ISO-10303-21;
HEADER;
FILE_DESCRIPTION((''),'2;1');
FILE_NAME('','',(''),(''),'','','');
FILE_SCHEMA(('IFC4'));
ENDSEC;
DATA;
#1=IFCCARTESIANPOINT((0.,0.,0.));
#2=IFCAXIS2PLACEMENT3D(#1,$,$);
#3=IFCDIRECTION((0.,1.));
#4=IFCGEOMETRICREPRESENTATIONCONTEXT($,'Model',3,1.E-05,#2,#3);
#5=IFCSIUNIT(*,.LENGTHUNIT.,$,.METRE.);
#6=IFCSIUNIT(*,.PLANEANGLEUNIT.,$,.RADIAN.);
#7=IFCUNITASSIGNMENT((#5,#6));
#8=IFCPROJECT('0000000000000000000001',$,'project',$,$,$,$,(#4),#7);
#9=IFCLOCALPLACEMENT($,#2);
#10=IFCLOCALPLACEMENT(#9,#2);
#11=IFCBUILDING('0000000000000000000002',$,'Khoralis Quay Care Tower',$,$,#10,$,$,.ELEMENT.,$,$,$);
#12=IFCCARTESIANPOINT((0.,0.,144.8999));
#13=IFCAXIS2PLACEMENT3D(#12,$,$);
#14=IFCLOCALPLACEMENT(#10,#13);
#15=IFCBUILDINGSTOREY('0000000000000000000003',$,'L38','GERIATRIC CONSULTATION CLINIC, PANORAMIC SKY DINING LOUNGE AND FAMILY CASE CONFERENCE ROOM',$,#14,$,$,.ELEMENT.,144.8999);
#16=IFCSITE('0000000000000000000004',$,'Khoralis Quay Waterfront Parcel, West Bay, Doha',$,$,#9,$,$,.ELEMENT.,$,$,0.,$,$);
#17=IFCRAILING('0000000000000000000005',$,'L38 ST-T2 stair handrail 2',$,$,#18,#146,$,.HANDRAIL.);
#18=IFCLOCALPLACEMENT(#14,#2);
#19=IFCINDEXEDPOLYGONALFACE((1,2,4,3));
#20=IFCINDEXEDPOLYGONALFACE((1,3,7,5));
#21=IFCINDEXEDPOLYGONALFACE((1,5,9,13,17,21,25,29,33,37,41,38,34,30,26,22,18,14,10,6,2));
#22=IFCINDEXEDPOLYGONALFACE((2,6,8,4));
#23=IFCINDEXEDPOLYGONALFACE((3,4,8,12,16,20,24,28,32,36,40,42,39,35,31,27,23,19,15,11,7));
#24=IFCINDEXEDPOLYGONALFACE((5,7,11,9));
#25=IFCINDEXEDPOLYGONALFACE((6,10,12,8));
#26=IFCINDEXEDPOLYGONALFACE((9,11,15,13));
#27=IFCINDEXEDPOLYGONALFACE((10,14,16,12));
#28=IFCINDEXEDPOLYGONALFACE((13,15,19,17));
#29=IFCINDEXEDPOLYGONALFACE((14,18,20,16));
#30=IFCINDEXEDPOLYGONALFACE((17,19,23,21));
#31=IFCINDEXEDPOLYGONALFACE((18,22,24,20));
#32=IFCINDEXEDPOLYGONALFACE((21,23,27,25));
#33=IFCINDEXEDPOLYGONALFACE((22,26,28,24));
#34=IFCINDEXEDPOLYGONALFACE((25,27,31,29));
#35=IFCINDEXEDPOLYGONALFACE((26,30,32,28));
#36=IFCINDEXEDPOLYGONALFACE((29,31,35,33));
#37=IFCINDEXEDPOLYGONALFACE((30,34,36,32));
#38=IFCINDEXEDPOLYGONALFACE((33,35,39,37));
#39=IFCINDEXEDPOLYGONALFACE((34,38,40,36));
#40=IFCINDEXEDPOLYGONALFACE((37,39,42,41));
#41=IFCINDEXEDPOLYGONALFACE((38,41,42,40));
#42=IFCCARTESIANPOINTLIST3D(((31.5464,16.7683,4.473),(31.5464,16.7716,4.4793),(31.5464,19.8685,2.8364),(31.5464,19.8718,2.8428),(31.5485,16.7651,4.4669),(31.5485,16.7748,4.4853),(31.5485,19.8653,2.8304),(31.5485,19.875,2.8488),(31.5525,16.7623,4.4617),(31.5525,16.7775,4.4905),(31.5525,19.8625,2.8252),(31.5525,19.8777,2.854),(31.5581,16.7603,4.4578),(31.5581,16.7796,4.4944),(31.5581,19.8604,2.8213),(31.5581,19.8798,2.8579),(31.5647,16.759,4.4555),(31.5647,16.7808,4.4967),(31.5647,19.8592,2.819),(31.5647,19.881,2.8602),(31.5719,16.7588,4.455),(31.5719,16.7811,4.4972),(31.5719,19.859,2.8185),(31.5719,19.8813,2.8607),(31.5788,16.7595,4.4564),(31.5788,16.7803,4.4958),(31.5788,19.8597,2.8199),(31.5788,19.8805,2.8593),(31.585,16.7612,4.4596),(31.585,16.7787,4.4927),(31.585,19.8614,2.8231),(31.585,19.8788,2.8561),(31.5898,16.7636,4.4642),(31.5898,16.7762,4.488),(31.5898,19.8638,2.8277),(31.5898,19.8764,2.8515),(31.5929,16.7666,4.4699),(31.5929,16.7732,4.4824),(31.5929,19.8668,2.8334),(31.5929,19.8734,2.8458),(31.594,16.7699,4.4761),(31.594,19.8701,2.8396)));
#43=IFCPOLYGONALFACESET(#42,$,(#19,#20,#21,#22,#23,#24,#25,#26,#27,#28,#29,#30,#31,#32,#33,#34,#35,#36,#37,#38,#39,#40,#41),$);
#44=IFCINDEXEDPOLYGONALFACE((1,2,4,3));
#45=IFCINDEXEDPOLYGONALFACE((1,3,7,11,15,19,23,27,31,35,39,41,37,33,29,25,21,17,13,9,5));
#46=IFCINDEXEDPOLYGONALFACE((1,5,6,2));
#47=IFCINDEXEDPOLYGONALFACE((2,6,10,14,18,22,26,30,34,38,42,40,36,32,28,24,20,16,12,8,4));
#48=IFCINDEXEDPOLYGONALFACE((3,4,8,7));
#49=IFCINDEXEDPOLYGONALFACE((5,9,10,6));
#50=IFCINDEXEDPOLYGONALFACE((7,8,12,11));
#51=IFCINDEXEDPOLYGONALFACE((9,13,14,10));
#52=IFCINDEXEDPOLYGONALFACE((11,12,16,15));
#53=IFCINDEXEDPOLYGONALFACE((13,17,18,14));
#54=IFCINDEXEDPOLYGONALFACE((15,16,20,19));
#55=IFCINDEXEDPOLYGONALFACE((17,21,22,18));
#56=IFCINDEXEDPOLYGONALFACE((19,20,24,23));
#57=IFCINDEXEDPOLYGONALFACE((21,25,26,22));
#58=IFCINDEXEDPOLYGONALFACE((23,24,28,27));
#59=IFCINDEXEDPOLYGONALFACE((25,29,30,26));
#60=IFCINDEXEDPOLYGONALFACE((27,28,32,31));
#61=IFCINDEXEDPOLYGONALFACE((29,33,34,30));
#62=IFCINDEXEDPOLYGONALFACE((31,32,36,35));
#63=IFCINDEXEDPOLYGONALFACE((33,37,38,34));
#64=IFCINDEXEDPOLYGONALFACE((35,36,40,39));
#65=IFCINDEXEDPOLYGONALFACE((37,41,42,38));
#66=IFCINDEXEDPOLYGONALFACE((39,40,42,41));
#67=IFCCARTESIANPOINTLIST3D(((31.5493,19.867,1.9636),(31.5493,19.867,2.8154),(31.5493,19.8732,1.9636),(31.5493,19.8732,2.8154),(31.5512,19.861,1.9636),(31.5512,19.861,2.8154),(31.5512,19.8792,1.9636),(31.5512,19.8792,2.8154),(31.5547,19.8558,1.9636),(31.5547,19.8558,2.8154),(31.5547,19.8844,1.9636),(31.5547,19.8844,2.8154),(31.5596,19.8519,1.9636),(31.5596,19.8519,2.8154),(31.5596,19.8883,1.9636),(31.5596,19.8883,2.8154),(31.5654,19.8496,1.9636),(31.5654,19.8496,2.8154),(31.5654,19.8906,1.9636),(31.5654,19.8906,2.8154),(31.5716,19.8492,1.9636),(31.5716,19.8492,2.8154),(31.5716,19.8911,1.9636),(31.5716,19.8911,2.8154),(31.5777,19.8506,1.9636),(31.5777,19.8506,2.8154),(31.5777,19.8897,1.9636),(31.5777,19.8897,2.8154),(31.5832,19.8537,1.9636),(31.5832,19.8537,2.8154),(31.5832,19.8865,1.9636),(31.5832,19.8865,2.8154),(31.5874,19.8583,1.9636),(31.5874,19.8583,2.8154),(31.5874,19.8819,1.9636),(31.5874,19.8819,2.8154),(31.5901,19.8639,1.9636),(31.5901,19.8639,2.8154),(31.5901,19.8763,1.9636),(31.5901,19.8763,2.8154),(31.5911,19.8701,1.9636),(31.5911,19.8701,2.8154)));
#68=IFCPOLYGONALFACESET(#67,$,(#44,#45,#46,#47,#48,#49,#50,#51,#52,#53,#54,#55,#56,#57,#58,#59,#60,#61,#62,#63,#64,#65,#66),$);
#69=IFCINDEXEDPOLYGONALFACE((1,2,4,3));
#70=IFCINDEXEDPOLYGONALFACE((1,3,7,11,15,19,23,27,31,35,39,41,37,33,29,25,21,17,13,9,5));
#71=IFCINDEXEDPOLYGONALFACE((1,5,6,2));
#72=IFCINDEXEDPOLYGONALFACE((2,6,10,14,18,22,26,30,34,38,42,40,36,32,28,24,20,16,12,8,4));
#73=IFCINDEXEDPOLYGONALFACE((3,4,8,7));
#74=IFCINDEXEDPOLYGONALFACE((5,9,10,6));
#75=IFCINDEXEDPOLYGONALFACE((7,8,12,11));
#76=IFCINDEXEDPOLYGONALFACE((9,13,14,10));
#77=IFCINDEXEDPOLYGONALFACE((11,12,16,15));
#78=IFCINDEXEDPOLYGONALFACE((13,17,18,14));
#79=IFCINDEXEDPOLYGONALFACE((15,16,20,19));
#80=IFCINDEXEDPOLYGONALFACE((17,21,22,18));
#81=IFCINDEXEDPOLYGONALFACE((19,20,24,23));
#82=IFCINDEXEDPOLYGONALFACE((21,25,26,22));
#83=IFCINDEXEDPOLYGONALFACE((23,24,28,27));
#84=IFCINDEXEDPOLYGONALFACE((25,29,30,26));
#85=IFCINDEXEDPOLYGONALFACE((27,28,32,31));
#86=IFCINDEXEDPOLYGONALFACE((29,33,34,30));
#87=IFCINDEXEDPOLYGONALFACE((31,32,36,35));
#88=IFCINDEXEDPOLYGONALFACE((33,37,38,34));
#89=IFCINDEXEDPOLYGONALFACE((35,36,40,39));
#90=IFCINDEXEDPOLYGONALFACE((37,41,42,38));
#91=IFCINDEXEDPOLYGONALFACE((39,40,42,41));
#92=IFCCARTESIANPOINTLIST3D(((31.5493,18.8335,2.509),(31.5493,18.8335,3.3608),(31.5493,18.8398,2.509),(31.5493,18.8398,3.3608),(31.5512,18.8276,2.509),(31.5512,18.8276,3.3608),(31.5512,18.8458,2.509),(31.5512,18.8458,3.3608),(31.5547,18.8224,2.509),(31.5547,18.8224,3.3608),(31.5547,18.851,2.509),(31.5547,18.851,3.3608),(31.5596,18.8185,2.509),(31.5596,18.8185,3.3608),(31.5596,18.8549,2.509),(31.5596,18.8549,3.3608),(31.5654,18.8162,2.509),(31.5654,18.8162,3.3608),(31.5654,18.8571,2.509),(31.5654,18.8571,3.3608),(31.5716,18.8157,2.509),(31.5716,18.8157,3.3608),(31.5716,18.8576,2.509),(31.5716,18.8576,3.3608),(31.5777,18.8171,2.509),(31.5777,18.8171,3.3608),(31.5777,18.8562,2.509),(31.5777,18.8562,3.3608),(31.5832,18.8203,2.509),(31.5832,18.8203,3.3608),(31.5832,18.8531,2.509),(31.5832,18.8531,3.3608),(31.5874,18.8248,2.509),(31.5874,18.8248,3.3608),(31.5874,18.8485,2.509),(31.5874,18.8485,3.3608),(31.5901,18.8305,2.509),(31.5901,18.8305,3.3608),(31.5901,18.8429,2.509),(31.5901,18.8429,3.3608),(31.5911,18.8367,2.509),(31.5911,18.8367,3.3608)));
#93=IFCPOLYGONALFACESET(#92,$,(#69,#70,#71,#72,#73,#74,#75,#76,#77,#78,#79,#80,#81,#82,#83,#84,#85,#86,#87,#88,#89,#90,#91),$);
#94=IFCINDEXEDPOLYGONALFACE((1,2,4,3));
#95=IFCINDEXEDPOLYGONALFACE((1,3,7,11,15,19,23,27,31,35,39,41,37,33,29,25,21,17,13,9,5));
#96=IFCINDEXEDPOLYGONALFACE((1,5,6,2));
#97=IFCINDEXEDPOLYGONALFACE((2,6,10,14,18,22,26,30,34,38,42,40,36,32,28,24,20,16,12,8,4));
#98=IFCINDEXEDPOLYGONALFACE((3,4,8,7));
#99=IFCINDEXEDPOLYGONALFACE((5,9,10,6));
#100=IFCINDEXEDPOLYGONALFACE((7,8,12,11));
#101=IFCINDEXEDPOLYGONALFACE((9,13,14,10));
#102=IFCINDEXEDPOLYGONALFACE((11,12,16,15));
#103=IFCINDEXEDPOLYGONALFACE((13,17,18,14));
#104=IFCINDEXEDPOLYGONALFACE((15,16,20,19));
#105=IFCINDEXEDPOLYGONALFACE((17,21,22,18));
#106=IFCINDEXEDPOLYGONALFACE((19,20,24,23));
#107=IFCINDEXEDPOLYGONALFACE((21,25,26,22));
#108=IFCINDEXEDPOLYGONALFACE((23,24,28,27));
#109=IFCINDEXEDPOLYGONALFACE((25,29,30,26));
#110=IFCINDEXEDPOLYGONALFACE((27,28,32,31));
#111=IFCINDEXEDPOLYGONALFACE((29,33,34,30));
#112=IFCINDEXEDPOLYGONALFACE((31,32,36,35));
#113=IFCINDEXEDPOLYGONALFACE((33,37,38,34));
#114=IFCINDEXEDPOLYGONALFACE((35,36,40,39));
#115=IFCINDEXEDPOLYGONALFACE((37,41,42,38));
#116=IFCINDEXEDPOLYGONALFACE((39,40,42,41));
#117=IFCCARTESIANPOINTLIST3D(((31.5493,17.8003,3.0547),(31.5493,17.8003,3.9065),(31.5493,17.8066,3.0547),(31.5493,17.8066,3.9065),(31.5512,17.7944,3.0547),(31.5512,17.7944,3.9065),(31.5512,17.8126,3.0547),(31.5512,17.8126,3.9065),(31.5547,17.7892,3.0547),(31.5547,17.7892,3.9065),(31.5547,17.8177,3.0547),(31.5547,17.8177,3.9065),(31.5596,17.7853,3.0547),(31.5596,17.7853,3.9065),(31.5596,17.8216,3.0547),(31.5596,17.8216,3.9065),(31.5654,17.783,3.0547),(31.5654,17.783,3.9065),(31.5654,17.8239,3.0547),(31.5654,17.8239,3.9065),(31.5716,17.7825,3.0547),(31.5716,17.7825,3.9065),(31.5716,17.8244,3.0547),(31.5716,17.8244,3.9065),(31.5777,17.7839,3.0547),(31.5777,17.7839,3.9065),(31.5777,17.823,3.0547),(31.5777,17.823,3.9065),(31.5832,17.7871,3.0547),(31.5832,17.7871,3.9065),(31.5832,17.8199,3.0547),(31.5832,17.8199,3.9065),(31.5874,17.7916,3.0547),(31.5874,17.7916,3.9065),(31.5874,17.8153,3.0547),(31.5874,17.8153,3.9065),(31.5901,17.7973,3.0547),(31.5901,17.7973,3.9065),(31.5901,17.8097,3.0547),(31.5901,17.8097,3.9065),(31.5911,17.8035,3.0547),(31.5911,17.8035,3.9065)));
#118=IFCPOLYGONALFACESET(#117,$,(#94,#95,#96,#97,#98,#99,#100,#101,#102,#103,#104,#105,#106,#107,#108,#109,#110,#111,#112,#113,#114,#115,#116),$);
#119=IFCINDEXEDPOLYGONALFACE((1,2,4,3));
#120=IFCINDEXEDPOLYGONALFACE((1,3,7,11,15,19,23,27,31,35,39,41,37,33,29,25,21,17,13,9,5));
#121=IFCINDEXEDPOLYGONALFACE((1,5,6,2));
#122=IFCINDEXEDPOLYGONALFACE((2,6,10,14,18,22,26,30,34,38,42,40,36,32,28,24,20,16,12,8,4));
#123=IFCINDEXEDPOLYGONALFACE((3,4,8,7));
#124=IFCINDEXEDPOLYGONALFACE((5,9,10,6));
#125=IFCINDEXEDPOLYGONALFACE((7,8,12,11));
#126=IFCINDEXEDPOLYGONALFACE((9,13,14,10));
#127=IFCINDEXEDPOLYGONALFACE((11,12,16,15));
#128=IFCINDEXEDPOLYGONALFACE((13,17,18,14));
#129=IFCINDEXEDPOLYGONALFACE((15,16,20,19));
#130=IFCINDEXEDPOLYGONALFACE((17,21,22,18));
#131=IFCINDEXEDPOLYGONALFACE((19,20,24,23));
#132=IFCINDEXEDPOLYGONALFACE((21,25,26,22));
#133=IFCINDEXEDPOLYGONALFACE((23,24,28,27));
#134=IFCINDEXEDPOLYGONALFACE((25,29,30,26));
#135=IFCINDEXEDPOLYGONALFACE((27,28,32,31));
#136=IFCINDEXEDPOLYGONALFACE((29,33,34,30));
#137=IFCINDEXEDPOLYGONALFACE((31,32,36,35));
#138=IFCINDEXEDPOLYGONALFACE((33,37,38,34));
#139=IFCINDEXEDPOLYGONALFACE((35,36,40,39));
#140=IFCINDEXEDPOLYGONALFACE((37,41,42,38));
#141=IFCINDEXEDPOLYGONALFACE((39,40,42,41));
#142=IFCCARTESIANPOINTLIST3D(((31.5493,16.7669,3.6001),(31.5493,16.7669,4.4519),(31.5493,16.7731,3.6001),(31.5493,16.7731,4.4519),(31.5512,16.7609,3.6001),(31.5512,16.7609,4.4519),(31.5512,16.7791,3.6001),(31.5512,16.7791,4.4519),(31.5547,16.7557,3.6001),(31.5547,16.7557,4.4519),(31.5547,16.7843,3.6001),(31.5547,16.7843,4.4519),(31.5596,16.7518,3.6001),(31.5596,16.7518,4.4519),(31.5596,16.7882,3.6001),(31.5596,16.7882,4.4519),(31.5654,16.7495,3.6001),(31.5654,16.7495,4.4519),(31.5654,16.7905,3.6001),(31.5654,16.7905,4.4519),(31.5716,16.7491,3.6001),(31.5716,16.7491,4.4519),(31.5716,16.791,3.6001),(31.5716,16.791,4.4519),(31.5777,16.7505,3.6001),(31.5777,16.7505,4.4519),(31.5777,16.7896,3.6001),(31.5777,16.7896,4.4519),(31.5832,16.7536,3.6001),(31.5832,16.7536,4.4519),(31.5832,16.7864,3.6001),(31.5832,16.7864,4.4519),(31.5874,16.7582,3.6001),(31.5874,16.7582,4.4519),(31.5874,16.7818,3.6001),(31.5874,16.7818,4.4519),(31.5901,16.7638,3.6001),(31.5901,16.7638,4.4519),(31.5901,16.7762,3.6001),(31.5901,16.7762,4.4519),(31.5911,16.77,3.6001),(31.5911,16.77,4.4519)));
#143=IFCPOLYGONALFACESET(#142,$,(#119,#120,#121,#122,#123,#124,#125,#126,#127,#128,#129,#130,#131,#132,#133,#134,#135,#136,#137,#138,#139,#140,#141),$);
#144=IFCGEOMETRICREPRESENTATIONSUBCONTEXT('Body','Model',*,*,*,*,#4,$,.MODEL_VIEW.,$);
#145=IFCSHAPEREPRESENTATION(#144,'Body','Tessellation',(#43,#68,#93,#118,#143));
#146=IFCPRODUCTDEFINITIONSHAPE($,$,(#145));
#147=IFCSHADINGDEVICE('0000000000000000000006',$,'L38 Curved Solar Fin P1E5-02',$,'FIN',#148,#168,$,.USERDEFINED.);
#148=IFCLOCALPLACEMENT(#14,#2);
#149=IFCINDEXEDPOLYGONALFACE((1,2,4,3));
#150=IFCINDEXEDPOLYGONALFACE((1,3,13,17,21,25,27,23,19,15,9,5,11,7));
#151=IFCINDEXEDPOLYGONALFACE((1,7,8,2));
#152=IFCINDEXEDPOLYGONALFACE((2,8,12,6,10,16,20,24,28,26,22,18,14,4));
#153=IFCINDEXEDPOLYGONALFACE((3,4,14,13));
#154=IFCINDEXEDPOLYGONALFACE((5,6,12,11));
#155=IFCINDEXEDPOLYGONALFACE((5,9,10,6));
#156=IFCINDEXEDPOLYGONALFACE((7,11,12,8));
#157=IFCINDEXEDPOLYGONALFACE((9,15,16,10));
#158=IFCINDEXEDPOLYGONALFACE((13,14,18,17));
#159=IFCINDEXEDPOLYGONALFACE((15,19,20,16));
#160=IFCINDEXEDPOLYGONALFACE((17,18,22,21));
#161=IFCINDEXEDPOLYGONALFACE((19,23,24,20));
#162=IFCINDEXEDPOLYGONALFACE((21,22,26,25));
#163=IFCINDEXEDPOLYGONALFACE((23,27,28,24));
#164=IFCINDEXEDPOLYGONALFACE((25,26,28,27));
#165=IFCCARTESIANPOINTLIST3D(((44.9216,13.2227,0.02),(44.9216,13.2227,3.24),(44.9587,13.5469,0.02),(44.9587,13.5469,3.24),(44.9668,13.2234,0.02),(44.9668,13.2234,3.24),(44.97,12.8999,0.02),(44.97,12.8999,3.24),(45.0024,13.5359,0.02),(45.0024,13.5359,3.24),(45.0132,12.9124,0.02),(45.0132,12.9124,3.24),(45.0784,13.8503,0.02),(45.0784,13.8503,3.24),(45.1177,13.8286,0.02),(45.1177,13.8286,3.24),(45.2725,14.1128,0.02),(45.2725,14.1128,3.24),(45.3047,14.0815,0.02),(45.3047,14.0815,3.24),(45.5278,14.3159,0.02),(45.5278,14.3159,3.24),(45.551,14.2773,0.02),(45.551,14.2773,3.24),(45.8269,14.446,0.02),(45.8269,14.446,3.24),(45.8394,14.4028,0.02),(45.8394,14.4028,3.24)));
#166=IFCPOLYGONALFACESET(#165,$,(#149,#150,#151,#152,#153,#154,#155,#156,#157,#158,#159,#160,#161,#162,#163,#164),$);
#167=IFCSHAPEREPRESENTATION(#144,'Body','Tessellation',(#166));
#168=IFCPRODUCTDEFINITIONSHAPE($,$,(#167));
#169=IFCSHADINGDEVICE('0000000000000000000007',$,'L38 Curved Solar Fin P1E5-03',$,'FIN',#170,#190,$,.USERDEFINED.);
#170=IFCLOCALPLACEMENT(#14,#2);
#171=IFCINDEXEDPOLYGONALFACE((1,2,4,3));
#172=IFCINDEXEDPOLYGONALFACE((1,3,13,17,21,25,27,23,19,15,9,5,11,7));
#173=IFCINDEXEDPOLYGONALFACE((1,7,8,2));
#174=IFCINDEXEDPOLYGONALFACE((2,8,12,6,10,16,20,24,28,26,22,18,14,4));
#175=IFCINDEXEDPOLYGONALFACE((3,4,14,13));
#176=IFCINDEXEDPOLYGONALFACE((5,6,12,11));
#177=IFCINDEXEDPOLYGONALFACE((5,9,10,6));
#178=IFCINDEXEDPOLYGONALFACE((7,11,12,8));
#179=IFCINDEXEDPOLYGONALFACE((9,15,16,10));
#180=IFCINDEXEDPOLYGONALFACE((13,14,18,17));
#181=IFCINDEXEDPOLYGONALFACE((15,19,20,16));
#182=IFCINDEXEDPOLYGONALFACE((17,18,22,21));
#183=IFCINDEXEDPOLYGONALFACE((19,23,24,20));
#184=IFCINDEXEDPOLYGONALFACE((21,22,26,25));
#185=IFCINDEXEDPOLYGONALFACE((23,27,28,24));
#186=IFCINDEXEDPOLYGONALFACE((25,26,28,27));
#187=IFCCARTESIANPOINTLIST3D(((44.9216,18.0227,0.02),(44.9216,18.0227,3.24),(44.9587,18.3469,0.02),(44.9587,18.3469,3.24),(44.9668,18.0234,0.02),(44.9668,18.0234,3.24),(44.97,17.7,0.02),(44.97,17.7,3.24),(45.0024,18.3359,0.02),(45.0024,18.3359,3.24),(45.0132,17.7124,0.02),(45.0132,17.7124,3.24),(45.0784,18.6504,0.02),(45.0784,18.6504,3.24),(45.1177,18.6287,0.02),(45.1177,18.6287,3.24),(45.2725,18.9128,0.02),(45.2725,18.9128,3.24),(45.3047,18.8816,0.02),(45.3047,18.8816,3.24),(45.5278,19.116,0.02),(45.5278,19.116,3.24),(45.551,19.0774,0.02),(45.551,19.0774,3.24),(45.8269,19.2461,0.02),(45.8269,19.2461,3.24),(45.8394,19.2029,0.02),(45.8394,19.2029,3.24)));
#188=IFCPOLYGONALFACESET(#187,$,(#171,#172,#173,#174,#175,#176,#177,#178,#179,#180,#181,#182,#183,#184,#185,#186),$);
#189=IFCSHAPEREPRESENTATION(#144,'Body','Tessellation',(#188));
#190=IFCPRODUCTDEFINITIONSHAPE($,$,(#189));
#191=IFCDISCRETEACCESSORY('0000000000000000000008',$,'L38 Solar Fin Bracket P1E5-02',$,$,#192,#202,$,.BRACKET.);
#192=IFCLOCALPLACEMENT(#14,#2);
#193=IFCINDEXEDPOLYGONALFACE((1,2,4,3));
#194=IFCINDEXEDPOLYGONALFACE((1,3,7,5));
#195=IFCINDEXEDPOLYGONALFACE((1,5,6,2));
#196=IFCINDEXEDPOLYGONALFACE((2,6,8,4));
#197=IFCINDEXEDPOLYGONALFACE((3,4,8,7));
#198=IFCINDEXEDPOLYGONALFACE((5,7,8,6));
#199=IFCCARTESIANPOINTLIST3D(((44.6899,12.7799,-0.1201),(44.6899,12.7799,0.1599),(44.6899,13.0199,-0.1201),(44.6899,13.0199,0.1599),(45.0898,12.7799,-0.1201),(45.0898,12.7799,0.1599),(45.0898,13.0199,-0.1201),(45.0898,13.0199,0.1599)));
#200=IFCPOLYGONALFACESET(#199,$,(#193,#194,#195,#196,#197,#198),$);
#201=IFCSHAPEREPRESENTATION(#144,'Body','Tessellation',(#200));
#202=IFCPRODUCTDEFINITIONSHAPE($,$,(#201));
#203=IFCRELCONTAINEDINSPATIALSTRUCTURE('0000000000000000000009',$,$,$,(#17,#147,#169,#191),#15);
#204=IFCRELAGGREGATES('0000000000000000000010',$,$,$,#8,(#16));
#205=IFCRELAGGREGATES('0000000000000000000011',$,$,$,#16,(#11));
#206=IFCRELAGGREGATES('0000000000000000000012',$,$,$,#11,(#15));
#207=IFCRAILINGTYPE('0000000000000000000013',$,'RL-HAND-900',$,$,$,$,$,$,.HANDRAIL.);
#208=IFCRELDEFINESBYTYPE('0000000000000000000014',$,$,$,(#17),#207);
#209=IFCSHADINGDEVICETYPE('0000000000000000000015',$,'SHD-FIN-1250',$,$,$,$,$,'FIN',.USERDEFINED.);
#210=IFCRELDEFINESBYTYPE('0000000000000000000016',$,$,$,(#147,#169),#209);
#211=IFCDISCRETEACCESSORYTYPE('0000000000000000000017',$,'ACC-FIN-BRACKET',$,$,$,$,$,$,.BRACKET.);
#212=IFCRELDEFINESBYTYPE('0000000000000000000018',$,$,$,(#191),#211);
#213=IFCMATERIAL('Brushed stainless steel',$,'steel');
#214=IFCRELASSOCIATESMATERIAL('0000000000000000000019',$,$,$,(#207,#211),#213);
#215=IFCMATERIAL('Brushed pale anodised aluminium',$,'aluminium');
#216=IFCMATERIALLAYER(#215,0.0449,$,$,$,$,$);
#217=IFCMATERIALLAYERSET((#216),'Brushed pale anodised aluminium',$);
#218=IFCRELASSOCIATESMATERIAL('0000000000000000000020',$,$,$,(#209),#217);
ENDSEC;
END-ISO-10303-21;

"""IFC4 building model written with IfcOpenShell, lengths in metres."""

from ifc_helpers import new_model, si_unit, direction, frame, origin, origin_2d, place, context, subcontext, project, spatial, polyline, rectangle, circle, outline, extrude, source, transform, mapped, material, layer, layer_set, type_object, element, save


model = new_model("IFC4")

# Units and contexts
model_context = context("Model", 3, precision=1e-05, world=origin(), true_north=direction((0.0, 1.0)))
body_context = subcontext(model_context, "Body", "Model", "MODEL_VIEW")
ifc_project = project(units=[si_unit("LENGTHUNIT", "METRE"), si_unit("PLANEANGLEUNIT", "RADIAN")], contexts=[model_context])

# Site, building, storey
site_placement = place(None, origin())
site = spatial("IfcSite", under=ifc_project, at=site_placement, Name="Khoralis Quay Waterfront Parcel, West Bay, Doha", CompositionType="ELEMENT", RefElevation=0.0)
building_placement = place(site_placement, origin())
building = spatial("IfcBuilding", under=site, at=building_placement, Name="Khoralis Quay Care Tower", CompositionType="ELEMENT")
storey_placement = place(building_placement, frame((0.0, 0.0, 144.8999)))
storey = spatial("IfcBuildingStorey", under=building, at=storey_placement, Name="L38", Description="GERIATRIC CONSULTATION CLINIC, PANORAMIC SKY DINING LOUNGE AND FAMILY CASE CONFERENCE ROOM", CompositionType="ELEMENT", Elevation=144.8999)

# Railing
ifc_material_1 = material(Name="Brushed stainless steel", Category="steel")
railing_type_1 = type_object("IfcRailingType", Name="RL-HAND-900", PredefinedType="HANDRAIL", material=ifc_material_1)
railing_1_placement = place(storey_placement, frame((31.5701, 19.8701, 1.9636)))
element("IfcRailing", 1, at=railing_1_placement, inside=storey, type_object=railing_type_1, Name="L38 ST-T2 stair handrail 2", PredefinedType="HANDRAIL", context=body_context, shape_type="SweptSolid", body=[
    extrude(circle(Radius=0.0239, at=origin_2d()), frame((0.0, 0.0, 0.876), z_axis=(0.0, -0.884348, 0.466828), x_axis=(1.0, 0.0, 0.0)), (0.0, 0.0, 1.0), 3.5056),
    extrude(circle(Radius=0.021, at=origin_2d()), origin(), (0.0, 0.0, 1.0), 0.8518),
    extrude(circle(Radius=0.021, at=origin_2d()), frame((0.0, -1.0334, 0.5454)), (0.0, 0.0, 1.0), 0.8518),
    extrude(circle(Radius=0.021, at=origin_2d()), frame((0.0, -2.0667, 1.0911)), (0.0, 0.0, 1.0), 0.8518),
    extrude(circle(Radius=0.021, at=origin_2d()), frame((0.0, -3.1001, 1.6365)), (0.0, 0.0, 1.0), 0.8518),
])

# Shading devices
ifc_material_2 = material(Name="Brushed pale anodised aluminium", Category="aluminium")
ifc_layer_1 = layer(ifc_material_2, 0.0449)
ifc_layer_set_1 = layer_set([ifc_layer_1], Name="Brushed pale anodised aluminium")
shading_device_type = type_object("IfcShadingDeviceType", Name="SHD-FIN-1250", ElementType="FIN", PredefinedType="USERDEFINED", material=ifc_layer_set_1)
shared_shape_1 = source(origin(), body_context, "Body", "SweptSolid", [
    extrude(outline(polyline([(0.0, 0.0), (-0.0483, 0.3228), (-0.0112, 0.647), (0.1084, 0.9504), (0.3025, 1.2129), (0.5579, 1.416), (0.8569, 1.5461), (0.8694, 1.5029), (0.5811, 1.3774), (0.3347, 1.1816), (0.1477, 0.9287), (0.0325, 0.636), (-0.0032, 0.3235), (0.0432, 0.0125), (0.0, 0.0)])), origin(), (0.0, 0.0, 1.0), 3.22),
])
for number, where, z_axis, x_axis, name in (
    (2, (44.97, 12.8999, 0.02), (0.0, 0.0, 1.0), (1.0, 0.0, 0.0), "L38 Curved Solar Fin P1E5-02"),
    (3, (44.97, 17.7, 0.02), (0.0, 0.0, 1.0), (1.0, 0.0, 0.0), "L38 Curved Solar Fin P1E5-03"),
):
    element("IfcShadingDevice", number, at=place(storey_placement, frame(where, z_axis=z_axis, x_axis=x_axis)), inside=storey, type_object=shading_device_type, Name=name, ObjectType="FIN", PredefinedType="USERDEFINED", context=body_context, shape_type="MappedRepresentation", body=[
        mapped(shared_shape_1, transform((0.0, 0.0, 0.0), scale=1.0)),
    ])

# Discrete accessory
discrete_accessory_type = type_object("IfcDiscreteAccessoryType", Name="ACC-FIN-BRACKET", PredefinedType="BRACKET", material=ifc_material_1)
shared_shape_2 = source(origin(), body_context, "Body", "SweptSolid", [
    extrude(rectangle(XDim=0.3999, YDim=0.24, at=origin_2d()), origin(), (0.0, 0.0, 1.0), 0.28),
])
for number, where, z_axis, x_axis, name in (
    (4, (44.8899, 12.8999, -0.1201), (0.0, 0.0, 1.0), (1.0, 0.0, 0.0), "L38 Solar Fin Bracket P1E5-02"),
):
    element("IfcDiscreteAccessory", number, at=place(storey_placement, frame(where, z_axis=z_axis, x_axis=x_axis)), inside=storey, type_object=discrete_accessory_type, Name=name, PredefinedType="BRACKET", context=body_context, shape_type="MappedRepresentation", body=[
        mapped(shared_shape_2, transform((0.0, 0.0, 0.0), scale=1.0)),
    ])

save(model, "model.ifc")
